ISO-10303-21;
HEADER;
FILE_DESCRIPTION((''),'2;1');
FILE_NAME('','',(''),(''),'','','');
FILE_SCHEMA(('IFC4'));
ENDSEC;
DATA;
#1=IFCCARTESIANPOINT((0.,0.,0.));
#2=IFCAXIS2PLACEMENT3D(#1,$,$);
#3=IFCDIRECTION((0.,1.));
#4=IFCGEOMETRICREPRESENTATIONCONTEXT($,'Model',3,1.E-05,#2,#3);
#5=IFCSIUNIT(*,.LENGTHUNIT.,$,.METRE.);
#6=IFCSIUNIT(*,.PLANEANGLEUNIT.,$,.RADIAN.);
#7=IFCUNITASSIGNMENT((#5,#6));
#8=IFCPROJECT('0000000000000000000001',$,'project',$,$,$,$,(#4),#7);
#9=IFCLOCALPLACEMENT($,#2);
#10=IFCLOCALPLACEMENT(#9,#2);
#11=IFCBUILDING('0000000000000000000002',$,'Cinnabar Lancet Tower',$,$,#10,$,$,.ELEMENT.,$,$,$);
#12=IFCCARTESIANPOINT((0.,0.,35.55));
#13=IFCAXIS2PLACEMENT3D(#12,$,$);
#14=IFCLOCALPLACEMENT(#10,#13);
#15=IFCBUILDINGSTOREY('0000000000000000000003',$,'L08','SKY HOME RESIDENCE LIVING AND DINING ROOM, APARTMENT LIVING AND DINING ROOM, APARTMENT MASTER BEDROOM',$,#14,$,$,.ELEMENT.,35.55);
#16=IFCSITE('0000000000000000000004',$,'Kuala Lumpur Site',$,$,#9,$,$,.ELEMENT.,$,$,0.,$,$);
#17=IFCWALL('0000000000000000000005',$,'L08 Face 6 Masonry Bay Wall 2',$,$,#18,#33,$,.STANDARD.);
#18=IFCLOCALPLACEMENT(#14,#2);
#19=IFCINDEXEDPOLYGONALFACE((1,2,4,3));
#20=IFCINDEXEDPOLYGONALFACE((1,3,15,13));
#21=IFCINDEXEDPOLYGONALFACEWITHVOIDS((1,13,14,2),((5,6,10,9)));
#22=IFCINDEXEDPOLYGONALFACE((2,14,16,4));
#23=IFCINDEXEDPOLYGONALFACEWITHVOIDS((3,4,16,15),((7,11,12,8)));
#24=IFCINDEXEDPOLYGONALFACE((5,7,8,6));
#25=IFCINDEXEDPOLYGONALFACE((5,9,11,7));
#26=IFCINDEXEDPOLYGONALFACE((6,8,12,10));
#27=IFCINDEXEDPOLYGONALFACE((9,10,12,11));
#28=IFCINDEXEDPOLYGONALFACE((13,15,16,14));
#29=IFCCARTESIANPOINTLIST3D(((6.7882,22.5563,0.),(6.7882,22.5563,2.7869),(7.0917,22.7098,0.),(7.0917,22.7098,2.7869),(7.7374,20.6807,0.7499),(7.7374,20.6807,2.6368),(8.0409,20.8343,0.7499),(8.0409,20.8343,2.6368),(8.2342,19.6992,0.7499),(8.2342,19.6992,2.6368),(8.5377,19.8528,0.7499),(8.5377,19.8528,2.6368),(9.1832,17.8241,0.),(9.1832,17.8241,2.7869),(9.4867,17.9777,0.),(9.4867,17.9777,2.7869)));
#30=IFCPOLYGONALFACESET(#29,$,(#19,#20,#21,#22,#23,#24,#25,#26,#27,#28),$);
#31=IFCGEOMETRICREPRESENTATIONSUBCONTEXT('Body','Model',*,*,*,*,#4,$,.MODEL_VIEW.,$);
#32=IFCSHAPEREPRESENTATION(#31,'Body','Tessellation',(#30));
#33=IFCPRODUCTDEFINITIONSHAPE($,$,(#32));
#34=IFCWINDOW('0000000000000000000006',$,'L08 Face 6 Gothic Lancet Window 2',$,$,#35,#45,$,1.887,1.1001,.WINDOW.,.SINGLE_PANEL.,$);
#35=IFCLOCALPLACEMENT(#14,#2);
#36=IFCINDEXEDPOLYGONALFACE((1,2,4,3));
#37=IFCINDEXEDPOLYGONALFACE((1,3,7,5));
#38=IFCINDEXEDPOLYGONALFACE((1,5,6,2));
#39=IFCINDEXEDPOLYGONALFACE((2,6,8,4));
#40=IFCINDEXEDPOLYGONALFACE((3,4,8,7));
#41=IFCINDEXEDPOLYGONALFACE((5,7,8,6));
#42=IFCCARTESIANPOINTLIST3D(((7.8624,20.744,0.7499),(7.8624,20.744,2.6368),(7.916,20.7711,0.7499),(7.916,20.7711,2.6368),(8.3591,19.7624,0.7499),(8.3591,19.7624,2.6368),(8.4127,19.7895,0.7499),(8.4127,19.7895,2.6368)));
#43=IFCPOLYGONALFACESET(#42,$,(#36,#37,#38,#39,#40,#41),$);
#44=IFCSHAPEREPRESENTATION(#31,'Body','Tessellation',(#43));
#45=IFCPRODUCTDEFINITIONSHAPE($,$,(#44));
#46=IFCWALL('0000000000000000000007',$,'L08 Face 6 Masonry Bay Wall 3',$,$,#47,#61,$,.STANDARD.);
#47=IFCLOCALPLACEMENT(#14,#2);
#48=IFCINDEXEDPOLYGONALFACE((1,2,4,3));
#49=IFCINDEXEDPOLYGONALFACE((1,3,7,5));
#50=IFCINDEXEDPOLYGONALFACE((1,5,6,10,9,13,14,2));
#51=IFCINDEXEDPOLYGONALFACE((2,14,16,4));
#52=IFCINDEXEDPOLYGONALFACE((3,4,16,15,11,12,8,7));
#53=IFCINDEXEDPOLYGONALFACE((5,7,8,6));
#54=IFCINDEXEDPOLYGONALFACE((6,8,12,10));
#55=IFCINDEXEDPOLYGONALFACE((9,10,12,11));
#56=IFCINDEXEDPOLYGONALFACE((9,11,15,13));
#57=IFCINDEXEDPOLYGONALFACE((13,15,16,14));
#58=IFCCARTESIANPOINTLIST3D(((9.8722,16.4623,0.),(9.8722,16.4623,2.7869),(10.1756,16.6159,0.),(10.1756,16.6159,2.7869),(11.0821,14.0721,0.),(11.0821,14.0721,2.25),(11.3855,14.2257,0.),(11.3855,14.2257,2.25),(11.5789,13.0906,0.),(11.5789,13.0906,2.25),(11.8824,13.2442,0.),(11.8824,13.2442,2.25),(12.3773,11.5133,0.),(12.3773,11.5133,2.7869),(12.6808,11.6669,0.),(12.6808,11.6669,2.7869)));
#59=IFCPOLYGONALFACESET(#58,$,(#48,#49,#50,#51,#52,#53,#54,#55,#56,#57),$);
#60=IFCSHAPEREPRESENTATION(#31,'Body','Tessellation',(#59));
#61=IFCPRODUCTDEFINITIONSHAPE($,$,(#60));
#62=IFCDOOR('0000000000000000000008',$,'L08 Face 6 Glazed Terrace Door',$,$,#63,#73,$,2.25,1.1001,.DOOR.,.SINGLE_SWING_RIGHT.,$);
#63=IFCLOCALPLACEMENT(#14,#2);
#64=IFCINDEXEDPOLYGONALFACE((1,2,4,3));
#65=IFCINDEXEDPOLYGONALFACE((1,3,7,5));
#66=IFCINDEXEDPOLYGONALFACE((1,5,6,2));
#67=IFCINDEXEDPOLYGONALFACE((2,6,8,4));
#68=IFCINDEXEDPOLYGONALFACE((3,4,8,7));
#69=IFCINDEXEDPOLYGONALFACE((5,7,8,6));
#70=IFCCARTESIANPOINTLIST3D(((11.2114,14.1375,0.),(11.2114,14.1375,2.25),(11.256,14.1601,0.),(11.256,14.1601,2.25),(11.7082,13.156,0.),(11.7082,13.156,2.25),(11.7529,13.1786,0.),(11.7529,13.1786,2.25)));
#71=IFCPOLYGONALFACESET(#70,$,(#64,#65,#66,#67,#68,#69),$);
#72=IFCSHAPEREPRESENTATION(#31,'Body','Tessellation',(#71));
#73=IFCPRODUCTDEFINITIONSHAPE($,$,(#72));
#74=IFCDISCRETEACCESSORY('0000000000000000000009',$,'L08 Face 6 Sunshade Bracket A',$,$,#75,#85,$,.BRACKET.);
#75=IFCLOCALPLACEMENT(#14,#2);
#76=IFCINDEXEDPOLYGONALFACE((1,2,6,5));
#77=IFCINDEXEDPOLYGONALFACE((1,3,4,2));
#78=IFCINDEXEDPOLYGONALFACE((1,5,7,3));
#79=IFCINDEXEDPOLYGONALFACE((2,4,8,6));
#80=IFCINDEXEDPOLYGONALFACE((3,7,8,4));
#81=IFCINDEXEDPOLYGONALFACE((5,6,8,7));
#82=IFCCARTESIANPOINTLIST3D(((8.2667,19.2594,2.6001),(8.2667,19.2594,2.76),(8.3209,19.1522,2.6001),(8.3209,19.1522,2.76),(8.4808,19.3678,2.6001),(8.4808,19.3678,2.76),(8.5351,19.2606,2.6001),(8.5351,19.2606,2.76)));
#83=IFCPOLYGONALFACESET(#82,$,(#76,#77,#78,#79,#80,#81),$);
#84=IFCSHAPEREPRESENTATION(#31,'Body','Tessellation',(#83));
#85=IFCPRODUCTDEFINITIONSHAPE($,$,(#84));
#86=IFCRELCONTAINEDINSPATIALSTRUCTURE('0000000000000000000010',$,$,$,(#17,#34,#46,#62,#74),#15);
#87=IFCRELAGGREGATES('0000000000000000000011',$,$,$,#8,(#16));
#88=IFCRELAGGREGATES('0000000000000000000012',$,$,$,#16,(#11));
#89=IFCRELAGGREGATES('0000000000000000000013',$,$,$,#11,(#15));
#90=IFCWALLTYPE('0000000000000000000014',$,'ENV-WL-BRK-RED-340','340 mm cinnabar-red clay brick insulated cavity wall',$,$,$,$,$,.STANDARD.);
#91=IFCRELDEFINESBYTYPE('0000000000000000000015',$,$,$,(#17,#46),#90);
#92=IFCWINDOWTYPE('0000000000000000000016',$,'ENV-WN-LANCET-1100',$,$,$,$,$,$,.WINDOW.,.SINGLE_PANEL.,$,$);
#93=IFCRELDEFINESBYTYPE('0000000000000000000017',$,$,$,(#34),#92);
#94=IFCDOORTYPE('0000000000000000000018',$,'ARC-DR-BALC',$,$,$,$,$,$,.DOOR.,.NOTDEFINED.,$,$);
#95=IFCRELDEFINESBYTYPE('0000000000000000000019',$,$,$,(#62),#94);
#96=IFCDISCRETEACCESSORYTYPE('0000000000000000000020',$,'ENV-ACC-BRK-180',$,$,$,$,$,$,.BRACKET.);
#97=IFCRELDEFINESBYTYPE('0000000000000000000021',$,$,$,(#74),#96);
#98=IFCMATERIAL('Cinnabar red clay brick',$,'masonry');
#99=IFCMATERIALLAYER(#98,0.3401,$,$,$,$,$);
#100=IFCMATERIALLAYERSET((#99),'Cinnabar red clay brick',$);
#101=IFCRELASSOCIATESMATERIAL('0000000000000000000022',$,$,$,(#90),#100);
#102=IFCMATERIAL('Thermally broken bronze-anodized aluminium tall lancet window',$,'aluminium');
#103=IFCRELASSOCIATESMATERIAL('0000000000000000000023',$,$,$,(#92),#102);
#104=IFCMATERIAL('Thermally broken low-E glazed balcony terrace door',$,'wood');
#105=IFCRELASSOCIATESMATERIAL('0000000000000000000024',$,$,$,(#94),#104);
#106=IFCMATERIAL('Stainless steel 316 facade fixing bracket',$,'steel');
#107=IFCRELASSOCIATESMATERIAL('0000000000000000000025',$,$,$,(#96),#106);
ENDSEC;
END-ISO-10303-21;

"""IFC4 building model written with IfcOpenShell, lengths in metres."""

from ifc_helpers import new_model, si_unit, direction, frame, frame_2d, origin, origin_2d, place, context, subcontext, project, spatial, rectangle, extrude, material, layer, layer_set, type_object, element, fill, save


model = new_model("IFC4")

# Units and contexts
model_context = context("Model", 3, precision=1e-05, world=origin(), true_north=direction((0.0, 1.0)))
body_context = subcontext(model_context, "Body", "Model", "MODEL_VIEW")
ifc_project = project(units=[si_unit("LENGTHUNIT", "METRE"), si_unit("PLANEANGLEUNIT", "RADIAN")], contexts=[model_context])

# Site, building, storey
site_placement = place(None, origin())
site = spatial("IfcSite", under=ifc_project, at=site_placement, Name="Kuala Lumpur Site", CompositionType="ELEMENT", RefElevation=0.0)
building_placement = place(site_placement, origin())
building = spatial("IfcBuilding", under=site, at=building_placement, Name="Cinnabar Lancet Tower", CompositionType="ELEMENT")
storey_placement = place(building_placement, frame((0.0, 0.0, 35.55)))
storey = spatial("IfcBuildingStorey", under=building, at=storey_placement, Name="L08", Description="SKY HOME RESIDENCE LIVING AND DINING ROOM, APARTMENT LIVING AND DINING ROOM, APARTMENT MASTER BEDROOM", CompositionType="ELEMENT", Elevation=35.55)

# Shared definitions
ifc_material_1 = material(Name="Cinnabar red clay brick", Category="masonry")
ifc_layer_1 = layer(ifc_material_1, 0.3401)
ifc_layer_set_1 = layer_set([ifc_layer_1], Name="Cinnabar red clay brick")
wall_type_1 = type_object("IfcWallType", Name="ENV-WL-BRK-RED-340", Description="340 mm cinnabar-red clay brick insulated cavity wall", PredefinedType="STANDARD", material=ifc_layer_set_1)

# Wall, opening, window
wall_1_placement = place(storey_placement, frame((6.9399, 22.6331, 0.0), z_axis=(0.0, 0.0, 1.0), x_axis=(0.451572, -0.892235, 0.0)))
wall_1 = element("IfcWall", 1, at=wall_1_placement, inside=storey, type_object=wall_type_1, Name="L08 Face 6 Masonry Bay Wall 2", PredefinedType="STANDARD", context=body_context, shape_type="SweptSolid", body=[
    extrude(rectangle(XDim=5.3037, YDim=0.3401, at=frame_2d((2.6519, 0.0))), origin(), (0.0, 0.0, 1.0), 2.7869),
])
opening_1_placement = place(wall_1_placement, frame((2.1021, 0.0, 0.75)))
opening_1 = element("IfcOpeningElement", 2, at=opening_1_placement, cuts=wall_1, PredefinedType="OPENING", context=body_context, shape_type="SweptSolid", body=[
    extrude(rectangle(XDim=1.1001, YDim=1.887, at=frame_2d((0.55, 0.9434))), frame((0.0, 0.1799, 0.0), z_axis=(0.0, -1.0, 0.0), x_axis=(1.0, 0.0, 0.0)), (0.0, 0.0, 1.0), 0.3601),
])
ifc_material_2 = material(Name="Thermally broken bronze-anodized aluminium tall lancet window", Category="aluminium")
window_type = type_object("IfcWindowType", Name="ENV-WN-LANCET-1100", PartitioningType="SINGLE_PANEL", PredefinedType="WINDOW", material=ifc_material_2)
window_placement = place(opening_1_placement, origin())
window = element("IfcWindow", 3, at=window_placement, inside=storey, type_object=window_type, Name="L08 Face 6 Gothic Lancet Window 2", OverallHeight=1.887, OverallWidth=1.1001, PartitioningType="SINGLE_PANEL", PredefinedType="WINDOW", context=body_context, shape_type="SweptSolid", body=[
    extrude(rectangle(XDim=1.1001, YDim=1.887, at=frame_2d((0.55, 0.9434))), frame((0.0, 0.03, 0.0), z_axis=(0.0, -1.0, 0.0), x_axis=(1.0, 0.0, 0.0)), (0.0, 0.0, 1.0), 0.0601),
])
fill(opening_1, window)

# Wall, opening, door
wall_2_placement = place(storey_placement, frame((10.0239, 16.5391, 0.0), z_axis=(0.0, 0.0, 1.0), x_axis=(0.451627, -0.892207, 0.0)))
wall_2 = element("IfcWall", 4, at=wall_2_placement, inside=storey, type_object=wall_type_1, Name="L08 Face 6 Masonry Bay Wall 3", PredefinedType="STANDARD", context=body_context, shape_type="SweptSolid", body=[
    extrude(rectangle(XDim=5.5469, YDim=0.3401, at=frame_2d((2.7734, 0.0))), origin(), (0.0, 0.0, 1.0), 2.7869),
])
opening_2_placement = place(wall_2_placement, frame((2.679, 0.0, 0.0)))
opening_2 = element("IfcOpeningElement", 5, at=opening_2_placement, cuts=wall_2, PredefinedType="OPENING", context=body_context, shape_type="SweptSolid", body=[
    extrude(rectangle(XDim=1.1001, YDim=2.25, at=frame_2d((0.55, 1.125))), frame((0.0, 0.1799, 0.0), z_axis=(0.0, -1.0, 0.0), x_axis=(1.0, 0.0, 0.0)), (0.0, 0.0, 1.0), 0.3601),
])
ifc_material_3 = material(Name="Thermally broken low-E glazed balcony terrace door", Category="wood")
door_type_1 = type_object("IfcDoorType", Name="ARC-DR-BALC", OperationType="NOTDEFINED", PredefinedType="DOOR", material=ifc_material_3)
door_1_placement = place(opening_2_placement, origin())
door_1 = element("IfcDoor", 6, at=door_1_placement, inside=storey, type_object=door_type_1, Name="L08 Face 6 Glazed Terrace Door", OperationType="SINGLE_SWING_RIGHT", OverallHeight=2.25, OverallWidth=1.1001, PredefinedType="DOOR", context=body_context, shape_type="SweptSolid", body=[
    extrude(rectangle(XDim=1.1001, YDim=2.25, at=frame_2d((0.55, 1.125))), frame((0.0, 0.0249, 0.0), z_axis=(0.0, -1.0, 0.0), x_axis=(1.0, 0.0, 0.0)), (0.0, 0.0, 1.0), 0.05),
])
fill(opening_2, door_1)

# Discrete accessory
ifc_material_4 = material(Name="Stainless steel 316 facade fixing bracket", Category="steel")
discrete_accessory_type = type_object("IfcDiscreteAccessoryType", Name="ENV-ACC-BRK-180", PredefinedType="BRACKET", material=ifc_material_4)
discrete_accessory_placement = place(storey_placement, frame((8.4009, 19.26, 2.6001), z_axis=(0.0, 0.0, 1.0), x_axis=(0.451501, -0.892271, 0.0)))
element("IfcDiscreteAccessory", 7, at=discrete_accessory_placement, inside=storey, type_object=discrete_accessory_type, Name="L08 Face 6 Sunshade Bracket A", PredefinedType="BRACKET", context=body_context, shape_type="SweptSolid", body=[
    extrude(rectangle(XDim=0.1201, YDim=0.24, at=origin_2d()), origin(), (0.0, 0.0, 1.0), 0.1599),
])

save(model, "model.ifc")
